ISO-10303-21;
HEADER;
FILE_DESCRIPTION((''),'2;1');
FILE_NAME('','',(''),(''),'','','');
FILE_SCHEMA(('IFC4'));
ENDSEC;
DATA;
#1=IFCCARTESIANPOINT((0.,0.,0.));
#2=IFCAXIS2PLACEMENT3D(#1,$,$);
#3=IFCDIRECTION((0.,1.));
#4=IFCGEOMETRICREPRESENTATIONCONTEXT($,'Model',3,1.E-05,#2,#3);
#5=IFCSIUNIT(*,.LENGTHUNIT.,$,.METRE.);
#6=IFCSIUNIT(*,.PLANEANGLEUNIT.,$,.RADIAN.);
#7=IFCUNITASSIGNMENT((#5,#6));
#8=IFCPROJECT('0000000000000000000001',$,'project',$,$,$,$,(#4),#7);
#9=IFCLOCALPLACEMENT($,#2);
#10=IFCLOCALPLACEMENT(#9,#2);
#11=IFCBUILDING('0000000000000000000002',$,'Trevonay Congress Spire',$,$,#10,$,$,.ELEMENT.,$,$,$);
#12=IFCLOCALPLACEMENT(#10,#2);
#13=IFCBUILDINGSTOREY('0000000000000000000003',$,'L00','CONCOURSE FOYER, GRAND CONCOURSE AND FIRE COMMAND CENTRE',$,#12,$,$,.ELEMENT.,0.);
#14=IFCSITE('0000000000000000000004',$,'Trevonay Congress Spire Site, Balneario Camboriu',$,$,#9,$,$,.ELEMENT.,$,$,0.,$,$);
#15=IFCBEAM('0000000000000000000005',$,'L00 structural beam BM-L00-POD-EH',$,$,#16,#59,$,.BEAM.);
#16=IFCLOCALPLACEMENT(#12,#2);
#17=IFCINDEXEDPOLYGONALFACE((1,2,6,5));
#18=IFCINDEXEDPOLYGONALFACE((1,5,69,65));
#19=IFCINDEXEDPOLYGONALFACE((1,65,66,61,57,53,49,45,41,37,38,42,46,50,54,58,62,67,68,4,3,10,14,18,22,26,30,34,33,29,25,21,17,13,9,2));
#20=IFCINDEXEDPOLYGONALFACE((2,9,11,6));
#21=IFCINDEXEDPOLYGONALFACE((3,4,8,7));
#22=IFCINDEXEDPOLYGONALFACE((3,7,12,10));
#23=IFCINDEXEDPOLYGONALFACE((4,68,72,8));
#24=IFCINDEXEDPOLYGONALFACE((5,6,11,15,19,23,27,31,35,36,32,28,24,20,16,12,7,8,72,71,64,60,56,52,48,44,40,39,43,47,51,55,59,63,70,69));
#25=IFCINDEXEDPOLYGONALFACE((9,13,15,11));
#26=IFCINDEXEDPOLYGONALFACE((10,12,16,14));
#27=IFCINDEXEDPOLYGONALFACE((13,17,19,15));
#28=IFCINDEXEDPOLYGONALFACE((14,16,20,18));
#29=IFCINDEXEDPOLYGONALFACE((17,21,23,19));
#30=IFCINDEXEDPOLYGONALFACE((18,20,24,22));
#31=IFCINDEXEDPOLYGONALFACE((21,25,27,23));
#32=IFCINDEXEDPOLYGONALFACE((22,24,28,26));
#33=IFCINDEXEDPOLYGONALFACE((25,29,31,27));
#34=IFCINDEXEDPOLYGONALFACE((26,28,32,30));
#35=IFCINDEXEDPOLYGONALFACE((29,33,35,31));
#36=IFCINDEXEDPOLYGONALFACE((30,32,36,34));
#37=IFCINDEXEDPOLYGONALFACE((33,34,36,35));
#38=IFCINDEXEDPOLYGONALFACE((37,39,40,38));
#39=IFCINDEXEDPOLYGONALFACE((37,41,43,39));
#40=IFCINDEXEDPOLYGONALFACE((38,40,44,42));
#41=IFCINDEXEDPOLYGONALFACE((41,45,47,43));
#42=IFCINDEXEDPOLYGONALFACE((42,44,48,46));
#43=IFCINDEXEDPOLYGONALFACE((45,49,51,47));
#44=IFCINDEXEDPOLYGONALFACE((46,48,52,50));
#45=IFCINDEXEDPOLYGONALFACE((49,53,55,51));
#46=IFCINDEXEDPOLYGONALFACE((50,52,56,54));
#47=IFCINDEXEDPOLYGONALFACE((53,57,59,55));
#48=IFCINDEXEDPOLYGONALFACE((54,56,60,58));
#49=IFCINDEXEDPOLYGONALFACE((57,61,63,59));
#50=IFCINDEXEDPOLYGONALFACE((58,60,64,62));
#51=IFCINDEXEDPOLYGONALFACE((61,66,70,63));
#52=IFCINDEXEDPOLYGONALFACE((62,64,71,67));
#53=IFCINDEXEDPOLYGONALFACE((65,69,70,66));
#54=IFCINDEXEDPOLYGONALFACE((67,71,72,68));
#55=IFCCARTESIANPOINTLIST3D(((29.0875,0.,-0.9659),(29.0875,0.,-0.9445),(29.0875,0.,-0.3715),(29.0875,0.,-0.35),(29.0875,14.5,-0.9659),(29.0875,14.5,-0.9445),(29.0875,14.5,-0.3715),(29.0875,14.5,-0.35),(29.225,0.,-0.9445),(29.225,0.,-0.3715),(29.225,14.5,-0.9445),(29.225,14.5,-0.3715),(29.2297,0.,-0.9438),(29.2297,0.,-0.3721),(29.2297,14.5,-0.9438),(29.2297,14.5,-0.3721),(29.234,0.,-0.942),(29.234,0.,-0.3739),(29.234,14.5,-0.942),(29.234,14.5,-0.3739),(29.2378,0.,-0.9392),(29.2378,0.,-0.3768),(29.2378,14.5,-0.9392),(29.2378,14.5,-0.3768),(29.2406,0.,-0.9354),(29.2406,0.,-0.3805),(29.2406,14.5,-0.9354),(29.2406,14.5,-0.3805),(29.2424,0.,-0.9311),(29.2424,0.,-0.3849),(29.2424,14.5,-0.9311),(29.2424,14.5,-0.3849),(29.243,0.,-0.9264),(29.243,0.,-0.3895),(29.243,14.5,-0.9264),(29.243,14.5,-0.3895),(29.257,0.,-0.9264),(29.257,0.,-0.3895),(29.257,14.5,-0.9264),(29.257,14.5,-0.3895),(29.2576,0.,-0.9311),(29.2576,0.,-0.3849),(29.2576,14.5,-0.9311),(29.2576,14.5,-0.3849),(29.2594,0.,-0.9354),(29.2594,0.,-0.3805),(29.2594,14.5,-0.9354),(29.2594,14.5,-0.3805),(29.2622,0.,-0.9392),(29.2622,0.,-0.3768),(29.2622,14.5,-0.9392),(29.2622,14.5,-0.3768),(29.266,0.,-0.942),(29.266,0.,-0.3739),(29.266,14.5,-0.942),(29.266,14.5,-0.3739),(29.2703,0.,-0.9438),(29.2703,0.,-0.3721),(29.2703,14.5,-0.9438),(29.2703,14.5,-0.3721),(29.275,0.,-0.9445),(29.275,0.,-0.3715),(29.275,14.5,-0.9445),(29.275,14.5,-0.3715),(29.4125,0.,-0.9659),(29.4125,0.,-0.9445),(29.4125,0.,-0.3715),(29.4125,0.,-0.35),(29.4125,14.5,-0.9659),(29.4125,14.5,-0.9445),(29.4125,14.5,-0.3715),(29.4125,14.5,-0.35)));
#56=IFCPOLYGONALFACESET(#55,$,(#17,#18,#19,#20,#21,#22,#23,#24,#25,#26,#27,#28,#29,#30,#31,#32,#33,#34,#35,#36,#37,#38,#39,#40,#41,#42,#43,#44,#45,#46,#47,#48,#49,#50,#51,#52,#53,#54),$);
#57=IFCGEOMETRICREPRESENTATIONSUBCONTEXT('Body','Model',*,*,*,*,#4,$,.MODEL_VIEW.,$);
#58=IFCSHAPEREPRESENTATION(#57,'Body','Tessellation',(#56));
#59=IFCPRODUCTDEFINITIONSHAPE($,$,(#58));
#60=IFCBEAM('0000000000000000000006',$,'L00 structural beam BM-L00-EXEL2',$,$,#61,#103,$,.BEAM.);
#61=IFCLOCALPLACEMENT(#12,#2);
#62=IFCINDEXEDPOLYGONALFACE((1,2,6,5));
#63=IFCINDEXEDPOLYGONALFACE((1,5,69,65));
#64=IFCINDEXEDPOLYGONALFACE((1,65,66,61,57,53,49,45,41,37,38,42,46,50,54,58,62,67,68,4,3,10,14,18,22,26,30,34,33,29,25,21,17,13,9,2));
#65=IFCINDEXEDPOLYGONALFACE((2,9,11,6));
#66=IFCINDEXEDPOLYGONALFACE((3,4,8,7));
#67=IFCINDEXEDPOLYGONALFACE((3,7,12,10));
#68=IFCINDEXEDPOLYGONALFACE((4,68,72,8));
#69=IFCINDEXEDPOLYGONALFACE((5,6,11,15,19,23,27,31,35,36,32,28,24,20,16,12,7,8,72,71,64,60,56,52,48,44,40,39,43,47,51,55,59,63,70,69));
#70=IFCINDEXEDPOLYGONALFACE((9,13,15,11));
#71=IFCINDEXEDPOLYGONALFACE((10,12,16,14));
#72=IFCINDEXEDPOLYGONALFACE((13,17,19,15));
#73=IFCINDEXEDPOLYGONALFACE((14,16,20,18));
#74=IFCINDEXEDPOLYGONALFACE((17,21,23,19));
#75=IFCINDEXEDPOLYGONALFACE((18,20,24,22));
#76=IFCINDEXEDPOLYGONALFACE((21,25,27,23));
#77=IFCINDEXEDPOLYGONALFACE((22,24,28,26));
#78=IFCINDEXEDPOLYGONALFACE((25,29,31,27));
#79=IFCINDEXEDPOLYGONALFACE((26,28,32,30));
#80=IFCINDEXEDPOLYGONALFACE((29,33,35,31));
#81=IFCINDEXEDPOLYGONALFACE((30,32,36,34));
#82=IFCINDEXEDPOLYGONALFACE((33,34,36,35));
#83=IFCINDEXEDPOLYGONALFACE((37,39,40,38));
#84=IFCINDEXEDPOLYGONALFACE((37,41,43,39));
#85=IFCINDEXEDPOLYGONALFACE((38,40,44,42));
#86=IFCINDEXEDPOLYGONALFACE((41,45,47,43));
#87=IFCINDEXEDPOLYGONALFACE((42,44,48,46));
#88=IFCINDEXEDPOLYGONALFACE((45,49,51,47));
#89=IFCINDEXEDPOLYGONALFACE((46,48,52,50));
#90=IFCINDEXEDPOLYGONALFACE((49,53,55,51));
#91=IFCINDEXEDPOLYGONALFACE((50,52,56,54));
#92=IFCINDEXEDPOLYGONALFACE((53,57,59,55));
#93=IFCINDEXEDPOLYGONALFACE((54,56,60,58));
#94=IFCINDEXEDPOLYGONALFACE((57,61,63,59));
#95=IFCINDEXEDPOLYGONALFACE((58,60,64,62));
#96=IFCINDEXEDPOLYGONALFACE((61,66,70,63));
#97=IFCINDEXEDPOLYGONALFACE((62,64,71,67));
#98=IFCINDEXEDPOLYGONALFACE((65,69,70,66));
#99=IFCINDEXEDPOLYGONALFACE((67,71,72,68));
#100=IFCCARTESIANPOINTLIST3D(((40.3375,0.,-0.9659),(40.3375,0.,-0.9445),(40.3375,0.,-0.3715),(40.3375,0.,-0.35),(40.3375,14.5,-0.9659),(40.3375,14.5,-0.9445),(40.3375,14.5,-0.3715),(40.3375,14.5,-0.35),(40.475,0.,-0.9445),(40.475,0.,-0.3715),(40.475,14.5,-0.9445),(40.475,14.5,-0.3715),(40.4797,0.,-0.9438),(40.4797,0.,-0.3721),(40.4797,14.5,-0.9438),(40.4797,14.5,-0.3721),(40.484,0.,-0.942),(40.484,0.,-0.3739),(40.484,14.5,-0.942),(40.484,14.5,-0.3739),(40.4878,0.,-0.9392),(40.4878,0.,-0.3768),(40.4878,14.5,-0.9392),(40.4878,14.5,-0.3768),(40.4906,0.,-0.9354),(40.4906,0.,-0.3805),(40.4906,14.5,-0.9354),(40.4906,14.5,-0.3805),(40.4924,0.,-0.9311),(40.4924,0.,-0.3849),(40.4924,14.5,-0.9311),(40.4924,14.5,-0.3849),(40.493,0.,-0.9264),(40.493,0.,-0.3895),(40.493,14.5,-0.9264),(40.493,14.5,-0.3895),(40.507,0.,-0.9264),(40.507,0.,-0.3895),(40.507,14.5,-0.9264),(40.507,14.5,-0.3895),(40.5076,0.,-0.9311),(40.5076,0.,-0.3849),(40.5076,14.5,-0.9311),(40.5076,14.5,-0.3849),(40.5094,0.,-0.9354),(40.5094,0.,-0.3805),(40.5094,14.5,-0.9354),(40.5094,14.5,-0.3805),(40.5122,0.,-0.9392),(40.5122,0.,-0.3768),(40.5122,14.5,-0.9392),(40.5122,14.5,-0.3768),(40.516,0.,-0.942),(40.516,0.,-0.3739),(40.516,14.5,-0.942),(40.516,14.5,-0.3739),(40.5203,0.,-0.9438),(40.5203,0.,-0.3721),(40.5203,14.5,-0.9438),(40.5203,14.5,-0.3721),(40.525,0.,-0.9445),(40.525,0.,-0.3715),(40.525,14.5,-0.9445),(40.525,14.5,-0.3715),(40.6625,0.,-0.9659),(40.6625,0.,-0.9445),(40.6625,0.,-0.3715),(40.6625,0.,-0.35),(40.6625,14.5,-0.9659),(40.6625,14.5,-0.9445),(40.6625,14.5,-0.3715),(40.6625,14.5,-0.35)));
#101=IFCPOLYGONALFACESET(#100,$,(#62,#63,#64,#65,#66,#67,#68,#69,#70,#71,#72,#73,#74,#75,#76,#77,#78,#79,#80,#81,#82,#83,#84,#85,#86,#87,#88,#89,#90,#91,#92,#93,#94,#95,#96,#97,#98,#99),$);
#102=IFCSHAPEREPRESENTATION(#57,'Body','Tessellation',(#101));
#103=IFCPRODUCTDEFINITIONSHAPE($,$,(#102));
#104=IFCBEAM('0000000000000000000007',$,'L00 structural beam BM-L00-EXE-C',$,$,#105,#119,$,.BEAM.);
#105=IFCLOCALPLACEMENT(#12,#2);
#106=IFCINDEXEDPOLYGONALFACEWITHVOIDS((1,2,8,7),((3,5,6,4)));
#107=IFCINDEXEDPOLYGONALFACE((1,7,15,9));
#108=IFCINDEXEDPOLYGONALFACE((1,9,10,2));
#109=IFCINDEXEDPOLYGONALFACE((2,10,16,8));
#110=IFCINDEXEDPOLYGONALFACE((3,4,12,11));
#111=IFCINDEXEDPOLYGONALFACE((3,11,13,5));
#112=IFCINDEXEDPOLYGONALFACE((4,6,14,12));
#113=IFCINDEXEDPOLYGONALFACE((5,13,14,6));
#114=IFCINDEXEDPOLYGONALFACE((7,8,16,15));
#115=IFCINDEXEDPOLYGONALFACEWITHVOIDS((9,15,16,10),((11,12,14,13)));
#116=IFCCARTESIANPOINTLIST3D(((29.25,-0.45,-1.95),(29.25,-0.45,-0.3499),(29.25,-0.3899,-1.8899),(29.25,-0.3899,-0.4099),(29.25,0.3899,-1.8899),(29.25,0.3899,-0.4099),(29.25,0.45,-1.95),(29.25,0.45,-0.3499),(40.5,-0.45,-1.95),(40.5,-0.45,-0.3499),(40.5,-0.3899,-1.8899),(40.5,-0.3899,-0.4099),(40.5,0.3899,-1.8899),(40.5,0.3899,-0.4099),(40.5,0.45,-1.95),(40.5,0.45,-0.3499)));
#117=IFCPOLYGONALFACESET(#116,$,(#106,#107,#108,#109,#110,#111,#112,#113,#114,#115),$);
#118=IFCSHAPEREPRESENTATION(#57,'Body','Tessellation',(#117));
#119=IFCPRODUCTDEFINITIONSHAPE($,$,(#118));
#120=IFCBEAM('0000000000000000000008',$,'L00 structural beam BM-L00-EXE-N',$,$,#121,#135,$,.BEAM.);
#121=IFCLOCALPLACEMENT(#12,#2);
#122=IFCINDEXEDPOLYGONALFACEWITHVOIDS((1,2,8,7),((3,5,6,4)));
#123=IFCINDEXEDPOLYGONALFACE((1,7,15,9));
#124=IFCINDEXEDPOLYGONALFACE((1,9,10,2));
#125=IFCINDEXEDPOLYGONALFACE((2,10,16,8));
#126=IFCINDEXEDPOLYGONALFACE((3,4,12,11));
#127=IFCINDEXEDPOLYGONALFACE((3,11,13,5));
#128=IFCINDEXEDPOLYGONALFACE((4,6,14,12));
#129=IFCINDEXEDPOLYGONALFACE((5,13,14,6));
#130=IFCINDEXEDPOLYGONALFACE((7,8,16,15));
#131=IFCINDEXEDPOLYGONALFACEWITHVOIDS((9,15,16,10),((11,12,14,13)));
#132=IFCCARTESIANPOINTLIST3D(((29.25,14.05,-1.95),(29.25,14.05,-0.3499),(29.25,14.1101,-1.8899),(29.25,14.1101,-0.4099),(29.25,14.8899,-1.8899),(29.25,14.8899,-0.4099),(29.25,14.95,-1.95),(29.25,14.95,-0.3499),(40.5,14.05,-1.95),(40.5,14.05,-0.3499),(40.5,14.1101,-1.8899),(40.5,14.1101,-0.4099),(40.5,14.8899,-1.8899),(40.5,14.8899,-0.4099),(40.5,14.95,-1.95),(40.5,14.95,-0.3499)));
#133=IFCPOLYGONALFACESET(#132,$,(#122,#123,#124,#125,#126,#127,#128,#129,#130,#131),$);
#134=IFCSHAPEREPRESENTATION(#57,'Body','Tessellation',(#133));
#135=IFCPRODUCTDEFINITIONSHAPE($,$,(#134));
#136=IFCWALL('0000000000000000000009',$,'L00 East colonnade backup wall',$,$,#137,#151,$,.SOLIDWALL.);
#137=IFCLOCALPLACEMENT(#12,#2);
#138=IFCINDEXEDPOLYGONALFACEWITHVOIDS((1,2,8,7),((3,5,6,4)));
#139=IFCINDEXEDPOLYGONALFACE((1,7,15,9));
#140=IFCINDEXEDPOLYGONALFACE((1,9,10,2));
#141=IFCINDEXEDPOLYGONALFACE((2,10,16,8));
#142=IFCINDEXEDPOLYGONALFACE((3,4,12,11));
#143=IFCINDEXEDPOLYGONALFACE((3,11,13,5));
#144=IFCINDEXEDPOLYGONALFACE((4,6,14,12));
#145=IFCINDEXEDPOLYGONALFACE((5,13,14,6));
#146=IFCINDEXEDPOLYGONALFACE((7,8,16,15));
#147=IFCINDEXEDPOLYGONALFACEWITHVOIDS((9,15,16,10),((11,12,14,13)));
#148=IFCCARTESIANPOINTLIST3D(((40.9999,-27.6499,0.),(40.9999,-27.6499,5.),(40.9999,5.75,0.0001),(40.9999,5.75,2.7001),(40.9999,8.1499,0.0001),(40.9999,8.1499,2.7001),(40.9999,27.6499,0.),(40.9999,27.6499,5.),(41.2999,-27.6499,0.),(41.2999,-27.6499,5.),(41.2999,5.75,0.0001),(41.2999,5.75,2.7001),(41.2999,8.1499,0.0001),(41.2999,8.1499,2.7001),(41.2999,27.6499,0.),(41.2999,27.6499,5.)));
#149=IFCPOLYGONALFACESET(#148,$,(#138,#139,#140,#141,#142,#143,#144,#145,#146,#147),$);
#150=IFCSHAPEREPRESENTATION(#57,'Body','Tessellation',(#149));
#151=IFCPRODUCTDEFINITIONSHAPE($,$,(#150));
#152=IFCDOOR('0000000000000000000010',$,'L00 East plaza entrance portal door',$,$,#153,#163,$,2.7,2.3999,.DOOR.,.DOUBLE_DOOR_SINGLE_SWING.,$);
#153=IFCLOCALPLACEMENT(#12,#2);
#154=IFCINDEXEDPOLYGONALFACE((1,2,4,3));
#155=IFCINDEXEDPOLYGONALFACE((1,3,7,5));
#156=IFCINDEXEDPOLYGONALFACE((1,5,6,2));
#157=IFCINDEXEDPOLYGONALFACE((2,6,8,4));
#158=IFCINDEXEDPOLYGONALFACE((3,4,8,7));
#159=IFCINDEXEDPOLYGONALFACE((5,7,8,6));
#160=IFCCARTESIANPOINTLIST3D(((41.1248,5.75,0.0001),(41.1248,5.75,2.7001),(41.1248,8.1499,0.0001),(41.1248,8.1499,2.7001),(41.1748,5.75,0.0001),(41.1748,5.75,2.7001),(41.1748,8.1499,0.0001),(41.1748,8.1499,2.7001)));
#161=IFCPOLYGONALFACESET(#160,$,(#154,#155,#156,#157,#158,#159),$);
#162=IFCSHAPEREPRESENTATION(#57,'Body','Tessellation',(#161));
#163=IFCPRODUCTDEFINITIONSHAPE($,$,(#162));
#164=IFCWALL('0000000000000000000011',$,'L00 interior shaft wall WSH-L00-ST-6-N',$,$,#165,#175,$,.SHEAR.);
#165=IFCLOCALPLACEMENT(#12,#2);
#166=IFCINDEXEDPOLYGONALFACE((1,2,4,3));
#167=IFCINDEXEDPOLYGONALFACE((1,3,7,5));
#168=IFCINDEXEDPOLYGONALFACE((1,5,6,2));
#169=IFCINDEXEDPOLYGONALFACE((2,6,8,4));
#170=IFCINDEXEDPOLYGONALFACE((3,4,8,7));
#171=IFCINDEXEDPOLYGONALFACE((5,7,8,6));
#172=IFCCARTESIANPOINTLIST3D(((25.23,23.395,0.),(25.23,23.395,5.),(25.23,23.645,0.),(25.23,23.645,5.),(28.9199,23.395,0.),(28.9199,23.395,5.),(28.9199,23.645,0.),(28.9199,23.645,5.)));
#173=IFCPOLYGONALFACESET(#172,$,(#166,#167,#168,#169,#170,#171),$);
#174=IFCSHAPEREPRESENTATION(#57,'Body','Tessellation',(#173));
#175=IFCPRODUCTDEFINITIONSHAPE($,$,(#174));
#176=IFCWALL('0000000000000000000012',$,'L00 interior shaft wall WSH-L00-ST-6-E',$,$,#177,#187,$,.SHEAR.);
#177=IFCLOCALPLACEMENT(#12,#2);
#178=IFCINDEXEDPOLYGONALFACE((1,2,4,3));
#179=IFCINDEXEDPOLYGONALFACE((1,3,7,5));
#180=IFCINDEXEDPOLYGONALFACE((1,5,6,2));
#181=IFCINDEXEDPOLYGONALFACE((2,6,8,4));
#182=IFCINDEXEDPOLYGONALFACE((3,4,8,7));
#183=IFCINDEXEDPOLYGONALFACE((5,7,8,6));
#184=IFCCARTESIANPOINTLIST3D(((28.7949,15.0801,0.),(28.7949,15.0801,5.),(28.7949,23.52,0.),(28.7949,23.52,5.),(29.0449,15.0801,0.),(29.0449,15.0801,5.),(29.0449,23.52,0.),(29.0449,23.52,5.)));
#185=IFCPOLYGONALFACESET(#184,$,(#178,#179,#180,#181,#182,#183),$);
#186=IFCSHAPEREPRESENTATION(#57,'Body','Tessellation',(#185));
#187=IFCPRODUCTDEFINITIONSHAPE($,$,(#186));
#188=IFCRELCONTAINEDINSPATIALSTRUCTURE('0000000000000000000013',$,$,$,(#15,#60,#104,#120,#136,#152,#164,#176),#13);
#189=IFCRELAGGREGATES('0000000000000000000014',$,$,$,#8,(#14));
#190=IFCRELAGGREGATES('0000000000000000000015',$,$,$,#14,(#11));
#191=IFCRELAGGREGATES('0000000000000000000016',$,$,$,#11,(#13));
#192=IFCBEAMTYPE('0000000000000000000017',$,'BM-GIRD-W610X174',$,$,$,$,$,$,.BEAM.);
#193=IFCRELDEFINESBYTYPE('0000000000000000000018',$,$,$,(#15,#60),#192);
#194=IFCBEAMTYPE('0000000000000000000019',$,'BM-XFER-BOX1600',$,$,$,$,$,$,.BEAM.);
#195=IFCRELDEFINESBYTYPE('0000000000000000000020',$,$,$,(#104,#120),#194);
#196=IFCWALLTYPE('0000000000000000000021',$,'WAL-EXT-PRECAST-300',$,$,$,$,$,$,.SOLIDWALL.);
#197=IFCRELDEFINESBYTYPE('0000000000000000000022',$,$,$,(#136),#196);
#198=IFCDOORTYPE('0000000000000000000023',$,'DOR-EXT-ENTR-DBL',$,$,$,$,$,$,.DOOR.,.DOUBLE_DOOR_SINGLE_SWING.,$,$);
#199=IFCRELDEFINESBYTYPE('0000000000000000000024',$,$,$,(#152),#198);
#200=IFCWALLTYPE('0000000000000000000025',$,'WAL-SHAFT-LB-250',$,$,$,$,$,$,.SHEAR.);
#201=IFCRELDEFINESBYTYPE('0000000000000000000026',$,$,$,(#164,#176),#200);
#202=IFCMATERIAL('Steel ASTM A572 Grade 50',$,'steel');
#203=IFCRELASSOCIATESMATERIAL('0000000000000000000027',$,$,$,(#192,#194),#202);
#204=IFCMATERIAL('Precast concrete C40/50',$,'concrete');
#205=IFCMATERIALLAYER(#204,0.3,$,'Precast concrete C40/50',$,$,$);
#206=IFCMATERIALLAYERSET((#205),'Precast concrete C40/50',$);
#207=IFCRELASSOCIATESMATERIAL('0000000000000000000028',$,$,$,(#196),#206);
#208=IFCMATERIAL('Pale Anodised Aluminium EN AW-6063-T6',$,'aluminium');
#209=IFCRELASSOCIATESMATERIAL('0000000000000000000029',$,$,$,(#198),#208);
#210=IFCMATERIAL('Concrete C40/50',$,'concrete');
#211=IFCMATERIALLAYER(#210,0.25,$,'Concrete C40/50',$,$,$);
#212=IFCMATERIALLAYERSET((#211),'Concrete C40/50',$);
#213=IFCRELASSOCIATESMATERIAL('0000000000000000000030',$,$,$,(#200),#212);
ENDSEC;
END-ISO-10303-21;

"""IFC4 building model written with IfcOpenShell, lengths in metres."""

from ifc_helpers import new_model, si_unit, direction, frame, frame_2d, origin, origin_2d, place, context, subcontext, project, spatial, rectangle, hollow_rectangle, i_section, extrude, material, layer, layer_set, material_profile, profile_set, type_object, element, fill, save


model = new_model("IFC4")

# Units and contexts
model_context = context("Model", 3, precision=1e-05, world=origin(), true_north=direction((0.0, 1.0)))
body_context = subcontext(model_context, "Body", "Model", "MODEL_VIEW")
ifc_project = project(units=[si_unit("LENGTHUNIT", "METRE"), si_unit("PLANEANGLEUNIT", "RADIAN")], contexts=[model_context])

# Site, building, storey
site_placement = place(None, origin())
site = spatial("IfcSite", under=ifc_project, at=site_placement, Name="Trevonay Congress Spire Site, Balneario Camboriu", CompositionType="ELEMENT", RefElevation=0.0)
building_placement = place(site_placement, origin())
building = spatial("IfcBuilding", under=site, at=building_placement, Name="Trevonay Congress Spire", CompositionType="ELEMENT")
storey_placement = place(building_placement, origin())
storey = spatial("IfcBuildingStorey", under=building, at=storey_placement, Name="L00", Description="CONCOURSE FOYER, GRAND CONCOURSE AND FIRE COMMAND CENTRE", CompositionType="ELEMENT", Elevation=0.0)

# Shared definitions
ifc_material_1 = material(Name="Steel ASTM A572 Grade 50", Category="steel")

# Beams
ifc_material_profile_1 = material_profile(ifc_material_1, i_section(OverallWidth=0.325, OverallDepth=0.616, WebThickness=0.0139, FlangeThickness=0.0215, FilletRadius=0.0181, at=origin_2d()), Name="W610x174")
ifc_profile_set_1 = profile_set([ifc_material_profile_1], Name="Steel ASTM A572 Grade 50")
beam_type_1 = type_object("IfcBeamType", Name="BM-GIRD-W610X174", PredefinedType="BEAM", material=ifc_profile_set_1)
for number, where, z_axis, x_axis, name in (
    (1, (29.25, 0.0, -0.658), (0.0, 1.0, 0.0), (-1.0, 0.0, 0.0), "L00 structural beam BM-L00-POD-EH"),
    (2, (40.5, 0.0, -0.658), (0.0, 1.0, 0.0), (-1.0, 0.0, 0.0), "L00 structural beam BM-L00-EXEL2"),
):
    element("IfcBeam", number, at=place(storey_placement, frame(where, z_axis=z_axis, x_axis=x_axis)), inside=storey, type_object=beam_type_1, Name=name, PredefinedType="BEAM", context=body_context, shape_type="SweptSolid", body=[
        extrude(i_section(OverallWidth=0.325, OverallDepth=0.616, WebThickness=0.0139, FlangeThickness=0.0215, FilletRadius=0.0181, at=origin_2d()), origin(), (0.0, 0.0, 1.0), 14.5),
    ])
ifc_material_profile_2 = material_profile(ifc_material_1, hollow_rectangle(XDim=0.8999, YDim=1.6001, WallThickness=0.0601, at=origin_2d()), Name="BOX 1600x900x60")
ifc_profile_set_2 = profile_set([ifc_material_profile_2], Name="Steel ASTM A572 Grade 50")
beam_type_2 = type_object("IfcBeamType", Name="BM-XFER-BOX1600", PredefinedType="BEAM", material=ifc_profile_set_2)
for number, where, z_axis, x_axis, name in (
    (3, (29.25, 0.0, -1.1499), (1.0, 0.0, 0.0), (0.0, 1.0, 0.0), "L00 structural beam BM-L00-EXE-C"),
    (4, (29.25, 14.5, -1.1499), (1.0, 0.0, 0.0), (0.0, 1.0, 0.0), "L00 structural beam BM-L00-EXE-N"),
):
    element("IfcBeam", number, at=place(storey_placement, frame(where, z_axis=z_axis, x_axis=x_axis)), inside=storey, type_object=beam_type_2, Name=name, PredefinedType="BEAM", context=body_context, shape_type="SweptSolid", body=[
        extrude(hollow_rectangle(XDim=0.8999, YDim=1.6001, WallThickness=0.0601, at=origin_2d()), origin(), (0.0, 0.0, 1.0), 11.25),
    ])

# Wall, opening, door
ifc_material_2 = material(Name="Precast concrete C40/50", Category="concrete")
ifc_layer_1 = layer(ifc_material_2, 0.3, Name="Precast concrete C40/50")
ifc_layer_set_1 = layer_set([ifc_layer_1], Name="Precast concrete C40/50")
wall_type_1 = type_object("IfcWallType", Name="WAL-EXT-PRECAST-300", PredefinedType="SOLIDWALL", material=ifc_layer_set_1)
wall_1_placement = place(storey_placement, frame((41.1499, 27.6499, 0.0), z_axis=(0.0, 0.0, 1.0), x_axis=(0.0, -1.0, 0.0)))
wall_1 = element("IfcWall", 5, at=wall_1_placement, inside=storey, type_object=wall_type_1, Name="L00 East colonnade backup wall", PredefinedType="SOLIDWALL", context=body_context, shape_type="SweptSolid", body=[
    extrude(rectangle(XDim=55.2998, YDim=0.3, at=frame_2d((27.6499, 0.0))), origin(), (0.0, 0.0, 1.0), 5.0),
])
opening_placement = place(wall_1_placement, frame((19.5, 0.0, 0.0)))
opening = element("IfcOpeningElement", 6, at=opening_placement, cuts=wall_1, PredefinedType="OPENING", context=body_context, shape_type="SweptSolid", body=[
    extrude(rectangle(XDim=2.3999, YDim=2.7, at=frame_2d((1.2, 1.3501))), frame((0.0, 0.1602, 0.0), z_axis=(0.0, -1.0, 0.0), x_axis=(1.0, 0.0, 0.0)), (0.0, 0.0, 1.0), 0.3201),
])
ifc_material_3 = material(Name="Pale Anodised Aluminium EN AW-6063-T6", Category="aluminium")
door_type = type_object("IfcDoorType", Name="DOR-EXT-ENTR-DBL", OperationType="DOUBLE_DOOR_SINGLE_SWING", PredefinedType="DOOR", material=ifc_material_3)
door_placement = place(opening_placement, origin())
door = element("IfcDoor", 7, at=door_placement, inside=storey, type_object=door_type, Name="L00 East plaza entrance portal door", OperationType="DOUBLE_DOOR_SINGLE_SWING", OverallHeight=2.7, OverallWidth=2.3999, PredefinedType="DOOR", context=body_context, shape_type="SweptSolid", body=[
    extrude(rectangle(XDim=2.3999, YDim=2.7, at=frame_2d((1.2, 1.3501))), frame((0.0, 0.0249, 0.0), z_axis=(0.0, -1.0, 0.0), x_axis=(1.0, 0.0, 0.0)), (0.0, 0.0, 1.0), 0.05),
])
fill(opening, door)

# Walls
ifc_material_4 = material(Name="Concrete C40/50", Category="concrete")
ifc_layer_2 = layer(ifc_material_4, 0.25, Name="Concrete C40/50")
ifc_layer_set_2 = layer_set([ifc_layer_2], Name="Concrete C40/50")
wall_type_2 = type_object("IfcWallType", Name="WAL-SHAFT-LB-250", PredefinedType="SHEAR", material=ifc_layer_set_2)
wall_2_placement = place(storey_placement, frame((25.23, 23.52, 0.0), z_axis=(0.0, 0.0, 1.0), x_axis=(1.0, 0.0, 0.0)))
element("IfcWall", 8, at=wall_2_placement, inside=storey, type_object=wall_type_2, Name="L00 interior shaft wall WSH-L00-ST-6-N", PredefinedType="SHEAR", context=body_context, shape_type="SweptSolid", body=[
    extrude(rectangle(XDim=3.6899, YDim=0.25, at=frame_2d((1.845, 0.0))), origin(), (0.0, 0.0, 1.0), 5.0),
])
wall_3_placement = place(storey_placement, frame((28.9199, 15.0801, 0.0), z_axis=(0.0, 0.0, 1.0), x_axis=(0.0, 1.0, 0.0)))
element("IfcWall", 9, at=wall_3_placement, inside=storey, type_object=wall_type_2, Name="L00 interior shaft wall WSH-L00-ST-6-E", PredefinedType="SHEAR", context=body_context, shape_type="SweptSolid", body=[
    extrude(rectangle(XDim=8.4399, YDim=0.25, at=frame_2d((4.22, 0.0))), origin(), (0.0, 0.0, 1.0), 5.0),
])

save(model, "model.ifc")
